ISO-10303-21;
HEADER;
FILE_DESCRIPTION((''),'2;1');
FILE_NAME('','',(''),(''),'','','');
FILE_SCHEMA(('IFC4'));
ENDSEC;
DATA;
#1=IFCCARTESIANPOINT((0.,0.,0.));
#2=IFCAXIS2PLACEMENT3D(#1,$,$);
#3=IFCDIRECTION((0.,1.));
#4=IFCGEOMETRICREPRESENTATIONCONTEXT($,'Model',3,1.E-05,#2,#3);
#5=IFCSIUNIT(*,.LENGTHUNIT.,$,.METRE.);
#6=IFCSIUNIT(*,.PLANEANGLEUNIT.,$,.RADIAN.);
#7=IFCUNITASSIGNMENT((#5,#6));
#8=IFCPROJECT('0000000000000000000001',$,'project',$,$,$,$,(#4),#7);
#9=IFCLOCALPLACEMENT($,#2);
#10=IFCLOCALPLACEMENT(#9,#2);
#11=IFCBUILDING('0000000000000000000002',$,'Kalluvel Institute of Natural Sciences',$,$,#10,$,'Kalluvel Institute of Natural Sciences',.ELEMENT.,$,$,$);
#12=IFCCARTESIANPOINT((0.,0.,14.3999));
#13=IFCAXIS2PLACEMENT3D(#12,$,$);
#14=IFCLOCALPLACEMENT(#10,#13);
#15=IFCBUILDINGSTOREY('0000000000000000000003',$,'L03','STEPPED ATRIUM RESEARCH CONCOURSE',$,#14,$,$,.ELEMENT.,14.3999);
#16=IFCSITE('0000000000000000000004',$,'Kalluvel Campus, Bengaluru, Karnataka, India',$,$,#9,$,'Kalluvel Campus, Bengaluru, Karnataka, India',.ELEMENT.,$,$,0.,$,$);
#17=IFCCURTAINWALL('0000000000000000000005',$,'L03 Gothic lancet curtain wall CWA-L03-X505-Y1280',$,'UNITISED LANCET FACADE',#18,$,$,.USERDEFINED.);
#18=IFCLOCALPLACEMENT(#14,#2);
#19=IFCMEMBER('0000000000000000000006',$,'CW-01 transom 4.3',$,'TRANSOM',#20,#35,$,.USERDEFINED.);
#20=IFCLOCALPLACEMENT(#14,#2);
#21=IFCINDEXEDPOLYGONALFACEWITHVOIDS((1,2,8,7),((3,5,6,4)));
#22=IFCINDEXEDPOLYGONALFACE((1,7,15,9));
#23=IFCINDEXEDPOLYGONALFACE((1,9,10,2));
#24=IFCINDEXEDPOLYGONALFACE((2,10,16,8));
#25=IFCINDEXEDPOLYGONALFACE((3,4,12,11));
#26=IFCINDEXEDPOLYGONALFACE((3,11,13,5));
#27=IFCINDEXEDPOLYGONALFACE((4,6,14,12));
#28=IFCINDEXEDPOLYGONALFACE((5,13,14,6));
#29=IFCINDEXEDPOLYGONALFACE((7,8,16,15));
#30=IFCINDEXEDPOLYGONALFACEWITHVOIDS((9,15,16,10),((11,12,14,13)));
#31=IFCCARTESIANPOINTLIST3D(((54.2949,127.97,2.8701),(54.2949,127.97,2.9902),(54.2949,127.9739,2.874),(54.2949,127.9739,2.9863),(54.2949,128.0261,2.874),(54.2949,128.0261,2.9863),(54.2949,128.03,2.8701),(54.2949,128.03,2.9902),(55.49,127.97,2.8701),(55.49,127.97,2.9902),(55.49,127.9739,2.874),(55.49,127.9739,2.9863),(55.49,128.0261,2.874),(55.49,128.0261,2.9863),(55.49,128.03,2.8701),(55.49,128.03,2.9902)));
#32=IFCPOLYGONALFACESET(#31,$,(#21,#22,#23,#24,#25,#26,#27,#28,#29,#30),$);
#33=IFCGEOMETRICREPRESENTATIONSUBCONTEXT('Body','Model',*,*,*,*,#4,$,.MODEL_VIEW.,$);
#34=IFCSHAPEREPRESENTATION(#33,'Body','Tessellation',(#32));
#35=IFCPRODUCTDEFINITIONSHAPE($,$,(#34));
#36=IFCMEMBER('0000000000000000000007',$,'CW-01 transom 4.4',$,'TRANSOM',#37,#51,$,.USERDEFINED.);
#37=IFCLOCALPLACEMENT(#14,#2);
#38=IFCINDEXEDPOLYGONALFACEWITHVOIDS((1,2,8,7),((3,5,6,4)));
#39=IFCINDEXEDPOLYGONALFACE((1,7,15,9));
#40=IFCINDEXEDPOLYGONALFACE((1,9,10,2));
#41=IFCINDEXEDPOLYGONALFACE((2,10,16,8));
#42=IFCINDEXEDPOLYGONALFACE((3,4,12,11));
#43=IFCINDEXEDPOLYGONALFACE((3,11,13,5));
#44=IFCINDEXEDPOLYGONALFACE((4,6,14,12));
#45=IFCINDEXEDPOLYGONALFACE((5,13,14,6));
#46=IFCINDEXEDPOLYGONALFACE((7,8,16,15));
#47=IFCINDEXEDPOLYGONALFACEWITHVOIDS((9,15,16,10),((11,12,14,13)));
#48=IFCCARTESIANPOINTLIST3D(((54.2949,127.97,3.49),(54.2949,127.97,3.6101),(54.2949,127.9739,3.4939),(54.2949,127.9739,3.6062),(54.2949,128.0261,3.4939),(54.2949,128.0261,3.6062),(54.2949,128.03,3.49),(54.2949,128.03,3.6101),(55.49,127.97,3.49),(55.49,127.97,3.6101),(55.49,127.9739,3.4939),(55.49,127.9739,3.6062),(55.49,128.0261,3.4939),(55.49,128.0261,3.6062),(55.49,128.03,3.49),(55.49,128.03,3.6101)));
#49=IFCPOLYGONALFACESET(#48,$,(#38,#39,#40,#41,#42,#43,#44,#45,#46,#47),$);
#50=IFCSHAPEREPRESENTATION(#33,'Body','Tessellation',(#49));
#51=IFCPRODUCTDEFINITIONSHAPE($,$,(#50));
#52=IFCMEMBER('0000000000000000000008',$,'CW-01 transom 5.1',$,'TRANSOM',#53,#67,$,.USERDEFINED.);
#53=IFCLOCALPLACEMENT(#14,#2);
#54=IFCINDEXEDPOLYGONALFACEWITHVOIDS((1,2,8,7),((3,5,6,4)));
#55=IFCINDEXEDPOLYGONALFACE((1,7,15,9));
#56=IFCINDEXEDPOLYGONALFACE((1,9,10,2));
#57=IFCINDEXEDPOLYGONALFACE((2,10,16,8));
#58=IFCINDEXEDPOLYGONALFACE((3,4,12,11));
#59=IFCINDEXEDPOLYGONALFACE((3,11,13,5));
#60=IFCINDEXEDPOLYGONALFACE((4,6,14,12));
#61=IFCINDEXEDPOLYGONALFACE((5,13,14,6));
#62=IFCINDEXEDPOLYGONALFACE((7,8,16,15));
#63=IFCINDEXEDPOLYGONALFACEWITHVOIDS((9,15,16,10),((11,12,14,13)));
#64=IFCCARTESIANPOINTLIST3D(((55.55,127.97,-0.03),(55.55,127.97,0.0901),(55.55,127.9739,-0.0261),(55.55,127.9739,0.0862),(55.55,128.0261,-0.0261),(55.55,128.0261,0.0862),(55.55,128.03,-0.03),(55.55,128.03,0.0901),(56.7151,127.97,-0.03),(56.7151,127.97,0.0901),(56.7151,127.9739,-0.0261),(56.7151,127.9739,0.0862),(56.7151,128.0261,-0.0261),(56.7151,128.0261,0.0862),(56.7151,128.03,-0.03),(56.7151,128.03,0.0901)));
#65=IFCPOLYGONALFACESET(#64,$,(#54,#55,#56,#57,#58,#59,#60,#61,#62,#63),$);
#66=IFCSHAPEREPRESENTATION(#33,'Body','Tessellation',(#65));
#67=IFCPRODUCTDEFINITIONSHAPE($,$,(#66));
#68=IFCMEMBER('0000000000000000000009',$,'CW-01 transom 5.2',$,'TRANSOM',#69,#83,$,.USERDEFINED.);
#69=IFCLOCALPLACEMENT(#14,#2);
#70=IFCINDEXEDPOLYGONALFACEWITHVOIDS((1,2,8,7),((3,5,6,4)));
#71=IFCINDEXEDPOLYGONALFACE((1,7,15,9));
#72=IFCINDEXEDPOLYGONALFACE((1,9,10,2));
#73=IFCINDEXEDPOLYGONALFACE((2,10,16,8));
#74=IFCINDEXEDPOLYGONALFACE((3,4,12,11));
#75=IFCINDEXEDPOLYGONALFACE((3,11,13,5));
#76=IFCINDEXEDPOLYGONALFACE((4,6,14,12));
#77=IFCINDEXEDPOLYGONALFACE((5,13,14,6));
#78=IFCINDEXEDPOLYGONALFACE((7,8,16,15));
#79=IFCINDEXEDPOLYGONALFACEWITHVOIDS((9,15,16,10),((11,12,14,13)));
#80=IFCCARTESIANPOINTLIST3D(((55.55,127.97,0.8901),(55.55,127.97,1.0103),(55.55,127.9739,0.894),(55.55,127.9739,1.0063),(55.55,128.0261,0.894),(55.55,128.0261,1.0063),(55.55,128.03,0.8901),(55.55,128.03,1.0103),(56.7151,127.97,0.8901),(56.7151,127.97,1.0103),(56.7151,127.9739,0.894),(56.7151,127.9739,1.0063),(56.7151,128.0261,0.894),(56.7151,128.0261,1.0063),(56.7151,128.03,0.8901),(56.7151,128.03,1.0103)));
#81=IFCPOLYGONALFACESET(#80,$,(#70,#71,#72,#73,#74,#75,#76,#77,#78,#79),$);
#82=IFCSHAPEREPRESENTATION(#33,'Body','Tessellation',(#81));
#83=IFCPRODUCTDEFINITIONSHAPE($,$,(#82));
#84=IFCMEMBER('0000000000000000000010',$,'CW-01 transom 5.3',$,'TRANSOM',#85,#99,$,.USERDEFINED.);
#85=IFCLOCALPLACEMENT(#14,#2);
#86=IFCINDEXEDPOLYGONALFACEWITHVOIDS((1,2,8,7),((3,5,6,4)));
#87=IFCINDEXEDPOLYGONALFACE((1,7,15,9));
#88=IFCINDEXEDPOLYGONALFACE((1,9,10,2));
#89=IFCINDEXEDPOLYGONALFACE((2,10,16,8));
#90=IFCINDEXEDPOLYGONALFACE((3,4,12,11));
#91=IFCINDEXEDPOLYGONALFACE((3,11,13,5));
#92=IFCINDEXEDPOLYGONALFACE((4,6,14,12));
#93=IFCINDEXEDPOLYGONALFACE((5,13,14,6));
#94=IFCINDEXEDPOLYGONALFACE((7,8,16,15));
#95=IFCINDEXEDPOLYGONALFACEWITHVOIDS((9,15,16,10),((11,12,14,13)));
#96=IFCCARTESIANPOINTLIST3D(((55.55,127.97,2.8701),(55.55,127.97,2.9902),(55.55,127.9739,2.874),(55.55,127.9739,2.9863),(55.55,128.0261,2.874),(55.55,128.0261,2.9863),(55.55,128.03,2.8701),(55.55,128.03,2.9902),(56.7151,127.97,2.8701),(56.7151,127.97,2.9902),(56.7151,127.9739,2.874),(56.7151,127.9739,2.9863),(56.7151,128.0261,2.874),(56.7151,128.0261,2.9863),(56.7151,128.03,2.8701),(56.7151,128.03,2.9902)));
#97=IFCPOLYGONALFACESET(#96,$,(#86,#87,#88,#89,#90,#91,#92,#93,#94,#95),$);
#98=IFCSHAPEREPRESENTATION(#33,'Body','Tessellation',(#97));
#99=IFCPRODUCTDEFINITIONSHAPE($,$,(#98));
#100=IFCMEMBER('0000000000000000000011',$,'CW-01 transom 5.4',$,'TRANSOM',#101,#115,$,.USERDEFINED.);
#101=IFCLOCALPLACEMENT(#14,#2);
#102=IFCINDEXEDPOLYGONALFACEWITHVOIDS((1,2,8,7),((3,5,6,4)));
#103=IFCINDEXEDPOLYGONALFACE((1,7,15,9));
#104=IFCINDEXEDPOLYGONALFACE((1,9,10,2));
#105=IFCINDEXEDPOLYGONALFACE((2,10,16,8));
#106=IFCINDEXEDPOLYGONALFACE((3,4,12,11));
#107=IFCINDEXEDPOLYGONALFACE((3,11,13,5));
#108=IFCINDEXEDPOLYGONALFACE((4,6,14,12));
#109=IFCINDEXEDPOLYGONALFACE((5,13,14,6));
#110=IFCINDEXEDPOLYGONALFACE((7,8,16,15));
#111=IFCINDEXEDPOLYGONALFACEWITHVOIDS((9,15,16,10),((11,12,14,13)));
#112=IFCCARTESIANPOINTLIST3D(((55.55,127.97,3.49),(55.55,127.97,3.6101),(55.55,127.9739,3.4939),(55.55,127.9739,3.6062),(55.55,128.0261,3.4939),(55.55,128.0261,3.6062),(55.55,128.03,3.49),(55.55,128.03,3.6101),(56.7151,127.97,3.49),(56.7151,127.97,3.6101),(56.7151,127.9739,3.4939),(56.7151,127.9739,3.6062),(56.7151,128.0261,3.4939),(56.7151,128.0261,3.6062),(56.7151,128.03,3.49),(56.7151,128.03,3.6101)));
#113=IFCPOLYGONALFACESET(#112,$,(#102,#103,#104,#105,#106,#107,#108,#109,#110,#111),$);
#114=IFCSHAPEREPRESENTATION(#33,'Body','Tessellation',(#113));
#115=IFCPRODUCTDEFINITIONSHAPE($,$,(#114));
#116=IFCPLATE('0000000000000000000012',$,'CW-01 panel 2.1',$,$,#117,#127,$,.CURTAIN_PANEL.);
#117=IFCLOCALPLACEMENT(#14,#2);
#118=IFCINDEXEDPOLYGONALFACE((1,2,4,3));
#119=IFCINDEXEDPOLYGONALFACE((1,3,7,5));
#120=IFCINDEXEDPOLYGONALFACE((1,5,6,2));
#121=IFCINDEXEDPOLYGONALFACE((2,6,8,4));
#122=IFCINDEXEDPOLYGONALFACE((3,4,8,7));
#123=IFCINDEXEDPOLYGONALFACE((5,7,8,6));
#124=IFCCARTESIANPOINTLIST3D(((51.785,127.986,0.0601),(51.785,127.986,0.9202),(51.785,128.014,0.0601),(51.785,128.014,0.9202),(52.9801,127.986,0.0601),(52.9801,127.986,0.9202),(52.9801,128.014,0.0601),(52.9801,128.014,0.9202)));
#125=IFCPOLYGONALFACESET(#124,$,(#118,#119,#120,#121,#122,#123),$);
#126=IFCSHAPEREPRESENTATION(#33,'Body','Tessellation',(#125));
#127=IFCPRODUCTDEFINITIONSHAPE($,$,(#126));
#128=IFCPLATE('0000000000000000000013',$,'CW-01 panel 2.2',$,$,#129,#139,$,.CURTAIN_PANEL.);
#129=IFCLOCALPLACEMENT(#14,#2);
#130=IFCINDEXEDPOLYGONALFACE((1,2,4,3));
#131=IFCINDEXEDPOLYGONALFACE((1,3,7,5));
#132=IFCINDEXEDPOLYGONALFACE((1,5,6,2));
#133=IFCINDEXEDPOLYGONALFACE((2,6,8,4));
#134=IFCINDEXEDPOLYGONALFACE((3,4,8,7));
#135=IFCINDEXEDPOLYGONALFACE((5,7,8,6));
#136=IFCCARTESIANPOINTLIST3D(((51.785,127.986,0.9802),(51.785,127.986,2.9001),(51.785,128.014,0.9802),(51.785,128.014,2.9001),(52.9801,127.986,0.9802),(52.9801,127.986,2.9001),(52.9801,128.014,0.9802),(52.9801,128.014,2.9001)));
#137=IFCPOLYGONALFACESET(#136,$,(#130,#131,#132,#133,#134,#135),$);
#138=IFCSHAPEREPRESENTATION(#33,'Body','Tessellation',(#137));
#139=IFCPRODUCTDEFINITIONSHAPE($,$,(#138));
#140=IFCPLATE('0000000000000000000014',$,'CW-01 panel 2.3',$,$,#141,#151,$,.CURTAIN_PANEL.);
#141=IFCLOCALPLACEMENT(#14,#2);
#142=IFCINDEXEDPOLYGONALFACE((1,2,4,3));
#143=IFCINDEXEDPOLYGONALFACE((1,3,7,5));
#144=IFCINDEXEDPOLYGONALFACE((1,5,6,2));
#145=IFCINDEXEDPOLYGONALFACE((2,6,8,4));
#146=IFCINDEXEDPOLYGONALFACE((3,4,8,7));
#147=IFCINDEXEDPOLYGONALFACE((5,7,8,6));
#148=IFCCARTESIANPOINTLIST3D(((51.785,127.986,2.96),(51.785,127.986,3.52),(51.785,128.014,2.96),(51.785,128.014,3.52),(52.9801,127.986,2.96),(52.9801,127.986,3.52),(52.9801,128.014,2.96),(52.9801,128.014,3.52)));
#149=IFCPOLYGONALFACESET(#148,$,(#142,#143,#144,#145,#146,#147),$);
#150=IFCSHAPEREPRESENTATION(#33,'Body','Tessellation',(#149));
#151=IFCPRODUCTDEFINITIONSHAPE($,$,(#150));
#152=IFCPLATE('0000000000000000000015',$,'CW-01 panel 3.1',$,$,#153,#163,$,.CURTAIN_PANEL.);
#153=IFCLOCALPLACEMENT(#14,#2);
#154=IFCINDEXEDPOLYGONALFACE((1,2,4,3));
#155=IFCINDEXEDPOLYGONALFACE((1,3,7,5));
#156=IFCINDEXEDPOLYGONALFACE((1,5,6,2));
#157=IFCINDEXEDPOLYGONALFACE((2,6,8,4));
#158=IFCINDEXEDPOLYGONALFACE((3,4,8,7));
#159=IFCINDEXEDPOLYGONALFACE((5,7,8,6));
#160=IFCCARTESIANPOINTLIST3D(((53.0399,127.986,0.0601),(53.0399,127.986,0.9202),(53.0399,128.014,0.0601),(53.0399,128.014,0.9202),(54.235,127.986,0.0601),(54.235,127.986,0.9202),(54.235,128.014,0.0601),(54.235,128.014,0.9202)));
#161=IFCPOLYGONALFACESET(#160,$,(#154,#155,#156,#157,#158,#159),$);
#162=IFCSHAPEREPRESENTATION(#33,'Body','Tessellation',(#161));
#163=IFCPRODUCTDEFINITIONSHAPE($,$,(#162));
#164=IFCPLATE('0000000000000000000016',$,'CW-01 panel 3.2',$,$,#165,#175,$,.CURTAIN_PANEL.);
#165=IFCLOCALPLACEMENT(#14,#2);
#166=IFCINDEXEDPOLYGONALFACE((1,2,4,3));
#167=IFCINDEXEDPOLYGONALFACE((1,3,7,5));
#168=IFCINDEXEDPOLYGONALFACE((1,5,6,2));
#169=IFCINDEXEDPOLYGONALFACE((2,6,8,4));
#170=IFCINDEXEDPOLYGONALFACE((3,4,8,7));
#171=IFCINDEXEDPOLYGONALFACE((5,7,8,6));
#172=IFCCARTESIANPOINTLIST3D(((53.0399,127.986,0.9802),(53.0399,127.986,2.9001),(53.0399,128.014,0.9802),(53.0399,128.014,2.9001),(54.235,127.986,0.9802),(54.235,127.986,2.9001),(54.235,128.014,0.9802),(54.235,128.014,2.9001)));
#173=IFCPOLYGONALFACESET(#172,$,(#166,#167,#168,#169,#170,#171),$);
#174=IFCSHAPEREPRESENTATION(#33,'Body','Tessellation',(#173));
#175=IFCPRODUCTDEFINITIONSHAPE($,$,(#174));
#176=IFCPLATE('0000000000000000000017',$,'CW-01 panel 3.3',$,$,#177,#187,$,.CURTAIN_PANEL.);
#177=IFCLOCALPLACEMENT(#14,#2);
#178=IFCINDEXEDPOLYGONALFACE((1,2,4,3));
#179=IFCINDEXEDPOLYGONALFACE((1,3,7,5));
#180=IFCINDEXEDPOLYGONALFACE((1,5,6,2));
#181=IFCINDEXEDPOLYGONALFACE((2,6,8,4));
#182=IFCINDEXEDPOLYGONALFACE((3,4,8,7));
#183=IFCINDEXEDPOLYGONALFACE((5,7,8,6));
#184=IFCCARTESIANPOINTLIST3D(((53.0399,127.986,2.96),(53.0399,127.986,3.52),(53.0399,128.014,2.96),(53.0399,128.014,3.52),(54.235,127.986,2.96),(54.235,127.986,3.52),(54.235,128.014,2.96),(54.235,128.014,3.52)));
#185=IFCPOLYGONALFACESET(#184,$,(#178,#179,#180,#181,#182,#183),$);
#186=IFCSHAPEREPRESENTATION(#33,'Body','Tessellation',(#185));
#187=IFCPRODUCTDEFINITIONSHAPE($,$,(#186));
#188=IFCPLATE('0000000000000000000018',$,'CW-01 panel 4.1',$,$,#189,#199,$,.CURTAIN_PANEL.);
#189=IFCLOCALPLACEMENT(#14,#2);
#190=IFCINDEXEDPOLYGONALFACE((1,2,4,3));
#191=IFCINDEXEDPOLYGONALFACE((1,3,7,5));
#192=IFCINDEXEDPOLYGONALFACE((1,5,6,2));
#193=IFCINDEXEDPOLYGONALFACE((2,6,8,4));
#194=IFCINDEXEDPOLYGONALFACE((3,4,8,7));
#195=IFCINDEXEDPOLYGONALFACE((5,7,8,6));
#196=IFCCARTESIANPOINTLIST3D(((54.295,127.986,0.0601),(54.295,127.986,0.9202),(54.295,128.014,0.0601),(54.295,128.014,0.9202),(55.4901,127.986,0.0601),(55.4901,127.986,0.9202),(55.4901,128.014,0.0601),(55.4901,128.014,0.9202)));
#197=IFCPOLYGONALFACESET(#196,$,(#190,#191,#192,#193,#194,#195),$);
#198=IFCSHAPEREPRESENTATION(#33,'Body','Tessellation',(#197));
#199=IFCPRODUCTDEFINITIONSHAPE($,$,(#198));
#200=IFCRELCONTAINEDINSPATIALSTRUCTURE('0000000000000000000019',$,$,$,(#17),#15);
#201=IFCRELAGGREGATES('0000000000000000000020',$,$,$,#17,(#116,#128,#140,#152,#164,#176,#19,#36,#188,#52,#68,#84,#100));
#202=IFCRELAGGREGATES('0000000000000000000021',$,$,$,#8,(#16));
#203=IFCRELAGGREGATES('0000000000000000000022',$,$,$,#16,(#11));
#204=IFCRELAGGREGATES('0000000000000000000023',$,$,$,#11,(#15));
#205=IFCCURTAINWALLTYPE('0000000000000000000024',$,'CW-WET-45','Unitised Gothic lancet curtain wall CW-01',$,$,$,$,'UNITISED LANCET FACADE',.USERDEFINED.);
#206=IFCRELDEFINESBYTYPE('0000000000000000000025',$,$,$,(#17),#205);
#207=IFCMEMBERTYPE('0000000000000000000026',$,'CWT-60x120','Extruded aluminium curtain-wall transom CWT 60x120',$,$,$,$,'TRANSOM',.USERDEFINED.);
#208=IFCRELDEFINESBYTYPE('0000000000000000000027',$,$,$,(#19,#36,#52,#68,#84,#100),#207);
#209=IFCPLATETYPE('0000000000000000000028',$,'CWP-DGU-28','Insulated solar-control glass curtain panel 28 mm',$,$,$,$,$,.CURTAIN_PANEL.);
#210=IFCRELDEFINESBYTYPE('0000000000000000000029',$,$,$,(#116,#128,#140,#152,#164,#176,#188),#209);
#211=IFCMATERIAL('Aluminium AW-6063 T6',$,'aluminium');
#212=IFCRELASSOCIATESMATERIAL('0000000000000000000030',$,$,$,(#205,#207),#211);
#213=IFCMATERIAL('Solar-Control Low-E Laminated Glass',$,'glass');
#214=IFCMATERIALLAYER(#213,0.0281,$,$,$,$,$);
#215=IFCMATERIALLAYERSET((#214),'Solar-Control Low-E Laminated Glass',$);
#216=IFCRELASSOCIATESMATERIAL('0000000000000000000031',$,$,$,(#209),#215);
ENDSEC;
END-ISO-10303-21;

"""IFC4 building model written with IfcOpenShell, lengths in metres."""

from ifc_helpers import new_model, si_unit, direction, frame, origin, origin_2d, place, context, subcontext, project, spatial, rectangle, hollow_rectangle, extrude, material, layer, layer_set, material_profile, profile_set, type_object, element, aggregate, save


model = new_model("IFC4")

# Units and contexts
model_context = context("Model", 3, precision=1e-05, world=origin(), true_north=direction((0.0, 1.0)))
body_context = subcontext(model_context, "Body", "Model", "MODEL_VIEW")
ifc_project = project(units=[si_unit("LENGTHUNIT", "METRE"), si_unit("PLANEANGLEUNIT", "RADIAN")], contexts=[model_context])

# Site, building, storey
site_placement = place(None, origin())
site = spatial("IfcSite", under=ifc_project, at=site_placement, Name="Kalluvel Campus, Bengaluru, Karnataka, India", LongName="Kalluvel Campus, Bengaluru, Karnataka, India", CompositionType="ELEMENT", RefElevation=0.0)
building_placement = place(site_placement, origin())
building = spatial("IfcBuilding", under=site, at=building_placement, Name="Kalluvel Institute of Natural Sciences", LongName="Kalluvel Institute of Natural Sciences", CompositionType="ELEMENT")
storey_placement = place(building_placement, frame((0.0, 0.0, 14.3999)))
storey = spatial("IfcBuildingStorey", under=building, at=storey_placement, Name="L03", Description="STEPPED ATRIUM RESEARCH CONCOURSE", CompositionType="ELEMENT", Elevation=14.3999)

# Curtain wall, members, plates
ifc_material_1 = material(Name="Aluminium AW-6063 T6", Category="aluminium")
curtain_wall_type = type_object("IfcCurtainWallType", Name="CW-WET-45", Description="Unitised Gothic lancet curtain wall CW-01", ElementType="UNITISED LANCET FACADE", PredefinedType="USERDEFINED", material=ifc_material_1)
curtain_wall_placement = place(storey_placement, origin())
curtain_wall = element("IfcCurtainWall", 1, at=curtain_wall_placement, inside=storey, type_object=curtain_wall_type, Name="L03 Gothic lancet curtain wall CWA-L03-X505-Y1280", ObjectType="UNITISED LANCET FACADE", PredefinedType="USERDEFINED")
ifc_material_profile_1 = material_profile(ifc_material_1, hollow_rectangle(XDim=0.0601, YDim=0.1201, WallThickness=0.0039, at=origin_2d()), Name="CWT 60x120")
ifc_profile_set_1 = profile_set([ifc_material_profile_1], Name="Aluminium AW-6063 T6")
member_type_1 = type_object("IfcMemberType", Name="CWT-60x120", Description="Extruded aluminium curtain-wall transom CWT 60x120", ElementType="TRANSOM", PredefinedType="USERDEFINED", material=ifc_profile_set_1)
member_1_placement = place(storey_placement, frame((54.2949, 128.0, 2.9302), z_axis=(1.0, 0.0, 0.0), x_axis=(0.0, 1.0, 0.0)))
member_1 = element("IfcMember", 2, at=member_1_placement, type_object=member_type_1, Name="CW-01 transom 4.3", ObjectType="TRANSOM", PredefinedType="USERDEFINED", context=body_context, shape_type="SweptSolid", body=[
    extrude(hollow_rectangle(XDim=0.0601, YDim=0.1201, WallThickness=0.0039, at=origin_2d()), origin(), (0.0, 0.0, 1.0), 1.1951),
])
member_2_placement = place(storey_placement, frame((54.2949, 128.0, 3.55), z_axis=(1.0, 0.0, 0.0), x_axis=(0.0, 1.0, 0.0)))
member_2 = element("IfcMember", 3, at=member_2_placement, type_object=member_type_1, Name="CW-01 transom 4.4", ObjectType="TRANSOM", PredefinedType="USERDEFINED", context=body_context, shape_type="SweptSolid", body=[
    extrude(hollow_rectangle(XDim=0.0601, YDim=0.1201, WallThickness=0.0039, at=origin_2d()), origin(), (0.0, 0.0, 1.0), 1.1951),
])
member_3_placement = place(storey_placement, frame((55.55, 128.0, 0.03), z_axis=(1.0, 0.0, 0.0), x_axis=(0.0, 1.0, 0.0)))
member_3 = element("IfcMember", 4, at=member_3_placement, type_object=member_type_1, Name="CW-01 transom 5.1", ObjectType="TRANSOM", PredefinedType="USERDEFINED", context=body_context, shape_type="SweptSolid", body=[
    extrude(hollow_rectangle(XDim=0.0601, YDim=0.1201, WallThickness=0.0039, at=origin_2d()), origin(), (0.0, 0.0, 1.0), 1.165),
])
member_4_placement = place(storey_placement, frame((55.55, 128.0, 0.9502), z_axis=(1.0, 0.0, 0.0), x_axis=(0.0, 1.0, 0.0)))
member_4 = element("IfcMember", 5, at=member_4_placement, type_object=member_type_1, Name="CW-01 transom 5.2", ObjectType="TRANSOM", PredefinedType="USERDEFINED", context=body_context, shape_type="SweptSolid", body=[
    extrude(hollow_rectangle(XDim=0.0601, YDim=0.1201, WallThickness=0.0039, at=origin_2d()), origin(), (0.0, 0.0, 1.0), 1.165),
])
member_5_placement = place(storey_placement, frame((55.55, 128.0, 2.9302), z_axis=(1.0, 0.0, 0.0), x_axis=(0.0, 1.0, 0.0)))
member_5 = element("IfcMember", 6, at=member_5_placement, type_object=member_type_1, Name="CW-01 transom 5.3", ObjectType="TRANSOM", PredefinedType="USERDEFINED", context=body_context, shape_type="SweptSolid", body=[
    extrude(hollow_rectangle(XDim=0.0601, YDim=0.1201, WallThickness=0.0039, at=origin_2d()), origin(), (0.0, 0.0, 1.0), 1.165),
])
member_6_placement = place(storey_placement, frame((55.55, 128.0, 3.55), z_axis=(1.0, 0.0, 0.0), x_axis=(0.0, 1.0, 0.0)))
member_6 = element("IfcMember", 7, at=member_6_placement, type_object=member_type_1, Name="CW-01 transom 5.4", ObjectType="TRANSOM", PredefinedType="USERDEFINED", context=body_context, shape_type="SweptSolid", body=[
    extrude(hollow_rectangle(XDim=0.0601, YDim=0.1201, WallThickness=0.0039, at=origin_2d()), origin(), (0.0, 0.0, 1.0), 1.165),
])
ifc_material_2 = material(Name="Solar-Control Low-E Laminated Glass", Category="glass")
ifc_layer = layer(ifc_material_2, 0.0281)
ifc_layer_set = layer_set([ifc_layer], Name="Solar-Control Low-E Laminated Glass")
plate_type = type_object("IfcPlateType", Name="CWP-DGU-28", Description="Insulated solar-control glass curtain panel 28 mm", PredefinedType="CURTAIN_PANEL", material=ifc_layer_set)
plate_1_placement = place(storey_placement, frame((52.3826, 128.0, 0.0601), z_axis=(0.0, 0.0, 1.0), x_axis=(1.0, 0.0, 0.0)))
plate_1 = element("IfcPlate", 8, at=plate_1_placement, type_object=plate_type, Name="CW-01 panel 2.1", PredefinedType="CURTAIN_PANEL", context=body_context, shape_type="SweptSolid", body=[
    extrude(rectangle(XDim=1.1951, YDim=0.0281, at=origin_2d()), origin(), (0.0, 0.0, 1.0), 0.8601),
])
plate_2_placement = place(storey_placement, frame((52.3826, 128.0, 0.9802), z_axis=(0.0, 0.0, 1.0), x_axis=(1.0, 0.0, 0.0)))
plate_2 = element("IfcPlate", 9, at=plate_2_placement, type_object=plate_type, Name="CW-01 panel 2.2", PredefinedType="CURTAIN_PANEL", context=body_context, shape_type="SweptSolid", body=[
    extrude(rectangle(XDim=1.1951, YDim=0.0281, at=origin_2d()), origin(), (0.0, 0.0, 1.0), 1.9199),
])
plate_3_placement = place(storey_placement, frame((52.3826, 128.0, 2.96), z_axis=(0.0, 0.0, 1.0), x_axis=(1.0, 0.0, 0.0)))
plate_3 = element("IfcPlate", 10, at=plate_3_placement, type_object=plate_type, Name="CW-01 panel 2.3", PredefinedType="CURTAIN_PANEL", context=body_context, shape_type="SweptSolid", body=[
    extrude(rectangle(XDim=1.1951, YDim=0.0281, at=origin_2d()), origin(), (0.0, 0.0, 1.0), 0.5601),
])
plate_4_placement = place(storey_placement, frame((53.6375, 128.0, 0.0601), z_axis=(0.0, 0.0, 1.0), x_axis=(1.0, 0.0, 0.0)))
plate_4 = element("IfcPlate", 11, at=plate_4_placement, type_object=plate_type, Name="CW-01 panel 3.1", PredefinedType="CURTAIN_PANEL", context=body_context, shape_type="SweptSolid", body=[
    extrude(rectangle(XDim=1.1951, YDim=0.0281, at=origin_2d()), origin(), (0.0, 0.0, 1.0), 0.8601),
])
plate_5_placement = place(storey_placement, frame((53.6375, 128.0, 0.9802), z_axis=(0.0, 0.0, 1.0), x_axis=(1.0, 0.0, 0.0)))
plate_5 = element("IfcPlate", 12, at=plate_5_placement, type_object=plate_type, Name="CW-01 panel 3.2", PredefinedType="CURTAIN_PANEL", context=body_context, shape_type="SweptSolid", body=[
    extrude(rectangle(XDim=1.1951, YDim=0.0281, at=origin_2d()), origin(), (0.0, 0.0, 1.0), 1.9199),
])
plate_6_placement = place(storey_placement, frame((53.6375, 128.0, 2.96), z_axis=(0.0, 0.0, 1.0), x_axis=(1.0, 0.0, 0.0)))
plate_6 = element("IfcPlate", 13, at=plate_6_placement, type_object=plate_type, Name="CW-01 panel 3.3", PredefinedType="CURTAIN_PANEL", context=body_context, shape_type="SweptSolid", body=[
    extrude(rectangle(XDim=1.1951, YDim=0.0281, at=origin_2d()), origin(), (0.0, 0.0, 1.0), 0.5601),
])
plate_7_placement = place(storey_placement, frame((54.8926, 128.0, 0.0601), z_axis=(0.0, 0.0, 1.0), x_axis=(1.0, 0.0, 0.0)))
plate_7 = element("IfcPlate", 14, at=plate_7_placement, type_object=plate_type, Name="CW-01 panel 4.1", PredefinedType="CURTAIN_PANEL", context=body_context, shape_type="SweptSolid", body=[
    extrude(rectangle(XDim=1.1951, YDim=0.0281, at=origin_2d()), origin(), (0.0, 0.0, 1.0), 0.8601),
])
aggregate(curtain_wall, [plate_1, plate_2, plate_3, plate_4, plate_5, plate_6, member_1, member_2, plate_7, member_3, member_4, member_5, member_6])

save(model, "model.ifc")
